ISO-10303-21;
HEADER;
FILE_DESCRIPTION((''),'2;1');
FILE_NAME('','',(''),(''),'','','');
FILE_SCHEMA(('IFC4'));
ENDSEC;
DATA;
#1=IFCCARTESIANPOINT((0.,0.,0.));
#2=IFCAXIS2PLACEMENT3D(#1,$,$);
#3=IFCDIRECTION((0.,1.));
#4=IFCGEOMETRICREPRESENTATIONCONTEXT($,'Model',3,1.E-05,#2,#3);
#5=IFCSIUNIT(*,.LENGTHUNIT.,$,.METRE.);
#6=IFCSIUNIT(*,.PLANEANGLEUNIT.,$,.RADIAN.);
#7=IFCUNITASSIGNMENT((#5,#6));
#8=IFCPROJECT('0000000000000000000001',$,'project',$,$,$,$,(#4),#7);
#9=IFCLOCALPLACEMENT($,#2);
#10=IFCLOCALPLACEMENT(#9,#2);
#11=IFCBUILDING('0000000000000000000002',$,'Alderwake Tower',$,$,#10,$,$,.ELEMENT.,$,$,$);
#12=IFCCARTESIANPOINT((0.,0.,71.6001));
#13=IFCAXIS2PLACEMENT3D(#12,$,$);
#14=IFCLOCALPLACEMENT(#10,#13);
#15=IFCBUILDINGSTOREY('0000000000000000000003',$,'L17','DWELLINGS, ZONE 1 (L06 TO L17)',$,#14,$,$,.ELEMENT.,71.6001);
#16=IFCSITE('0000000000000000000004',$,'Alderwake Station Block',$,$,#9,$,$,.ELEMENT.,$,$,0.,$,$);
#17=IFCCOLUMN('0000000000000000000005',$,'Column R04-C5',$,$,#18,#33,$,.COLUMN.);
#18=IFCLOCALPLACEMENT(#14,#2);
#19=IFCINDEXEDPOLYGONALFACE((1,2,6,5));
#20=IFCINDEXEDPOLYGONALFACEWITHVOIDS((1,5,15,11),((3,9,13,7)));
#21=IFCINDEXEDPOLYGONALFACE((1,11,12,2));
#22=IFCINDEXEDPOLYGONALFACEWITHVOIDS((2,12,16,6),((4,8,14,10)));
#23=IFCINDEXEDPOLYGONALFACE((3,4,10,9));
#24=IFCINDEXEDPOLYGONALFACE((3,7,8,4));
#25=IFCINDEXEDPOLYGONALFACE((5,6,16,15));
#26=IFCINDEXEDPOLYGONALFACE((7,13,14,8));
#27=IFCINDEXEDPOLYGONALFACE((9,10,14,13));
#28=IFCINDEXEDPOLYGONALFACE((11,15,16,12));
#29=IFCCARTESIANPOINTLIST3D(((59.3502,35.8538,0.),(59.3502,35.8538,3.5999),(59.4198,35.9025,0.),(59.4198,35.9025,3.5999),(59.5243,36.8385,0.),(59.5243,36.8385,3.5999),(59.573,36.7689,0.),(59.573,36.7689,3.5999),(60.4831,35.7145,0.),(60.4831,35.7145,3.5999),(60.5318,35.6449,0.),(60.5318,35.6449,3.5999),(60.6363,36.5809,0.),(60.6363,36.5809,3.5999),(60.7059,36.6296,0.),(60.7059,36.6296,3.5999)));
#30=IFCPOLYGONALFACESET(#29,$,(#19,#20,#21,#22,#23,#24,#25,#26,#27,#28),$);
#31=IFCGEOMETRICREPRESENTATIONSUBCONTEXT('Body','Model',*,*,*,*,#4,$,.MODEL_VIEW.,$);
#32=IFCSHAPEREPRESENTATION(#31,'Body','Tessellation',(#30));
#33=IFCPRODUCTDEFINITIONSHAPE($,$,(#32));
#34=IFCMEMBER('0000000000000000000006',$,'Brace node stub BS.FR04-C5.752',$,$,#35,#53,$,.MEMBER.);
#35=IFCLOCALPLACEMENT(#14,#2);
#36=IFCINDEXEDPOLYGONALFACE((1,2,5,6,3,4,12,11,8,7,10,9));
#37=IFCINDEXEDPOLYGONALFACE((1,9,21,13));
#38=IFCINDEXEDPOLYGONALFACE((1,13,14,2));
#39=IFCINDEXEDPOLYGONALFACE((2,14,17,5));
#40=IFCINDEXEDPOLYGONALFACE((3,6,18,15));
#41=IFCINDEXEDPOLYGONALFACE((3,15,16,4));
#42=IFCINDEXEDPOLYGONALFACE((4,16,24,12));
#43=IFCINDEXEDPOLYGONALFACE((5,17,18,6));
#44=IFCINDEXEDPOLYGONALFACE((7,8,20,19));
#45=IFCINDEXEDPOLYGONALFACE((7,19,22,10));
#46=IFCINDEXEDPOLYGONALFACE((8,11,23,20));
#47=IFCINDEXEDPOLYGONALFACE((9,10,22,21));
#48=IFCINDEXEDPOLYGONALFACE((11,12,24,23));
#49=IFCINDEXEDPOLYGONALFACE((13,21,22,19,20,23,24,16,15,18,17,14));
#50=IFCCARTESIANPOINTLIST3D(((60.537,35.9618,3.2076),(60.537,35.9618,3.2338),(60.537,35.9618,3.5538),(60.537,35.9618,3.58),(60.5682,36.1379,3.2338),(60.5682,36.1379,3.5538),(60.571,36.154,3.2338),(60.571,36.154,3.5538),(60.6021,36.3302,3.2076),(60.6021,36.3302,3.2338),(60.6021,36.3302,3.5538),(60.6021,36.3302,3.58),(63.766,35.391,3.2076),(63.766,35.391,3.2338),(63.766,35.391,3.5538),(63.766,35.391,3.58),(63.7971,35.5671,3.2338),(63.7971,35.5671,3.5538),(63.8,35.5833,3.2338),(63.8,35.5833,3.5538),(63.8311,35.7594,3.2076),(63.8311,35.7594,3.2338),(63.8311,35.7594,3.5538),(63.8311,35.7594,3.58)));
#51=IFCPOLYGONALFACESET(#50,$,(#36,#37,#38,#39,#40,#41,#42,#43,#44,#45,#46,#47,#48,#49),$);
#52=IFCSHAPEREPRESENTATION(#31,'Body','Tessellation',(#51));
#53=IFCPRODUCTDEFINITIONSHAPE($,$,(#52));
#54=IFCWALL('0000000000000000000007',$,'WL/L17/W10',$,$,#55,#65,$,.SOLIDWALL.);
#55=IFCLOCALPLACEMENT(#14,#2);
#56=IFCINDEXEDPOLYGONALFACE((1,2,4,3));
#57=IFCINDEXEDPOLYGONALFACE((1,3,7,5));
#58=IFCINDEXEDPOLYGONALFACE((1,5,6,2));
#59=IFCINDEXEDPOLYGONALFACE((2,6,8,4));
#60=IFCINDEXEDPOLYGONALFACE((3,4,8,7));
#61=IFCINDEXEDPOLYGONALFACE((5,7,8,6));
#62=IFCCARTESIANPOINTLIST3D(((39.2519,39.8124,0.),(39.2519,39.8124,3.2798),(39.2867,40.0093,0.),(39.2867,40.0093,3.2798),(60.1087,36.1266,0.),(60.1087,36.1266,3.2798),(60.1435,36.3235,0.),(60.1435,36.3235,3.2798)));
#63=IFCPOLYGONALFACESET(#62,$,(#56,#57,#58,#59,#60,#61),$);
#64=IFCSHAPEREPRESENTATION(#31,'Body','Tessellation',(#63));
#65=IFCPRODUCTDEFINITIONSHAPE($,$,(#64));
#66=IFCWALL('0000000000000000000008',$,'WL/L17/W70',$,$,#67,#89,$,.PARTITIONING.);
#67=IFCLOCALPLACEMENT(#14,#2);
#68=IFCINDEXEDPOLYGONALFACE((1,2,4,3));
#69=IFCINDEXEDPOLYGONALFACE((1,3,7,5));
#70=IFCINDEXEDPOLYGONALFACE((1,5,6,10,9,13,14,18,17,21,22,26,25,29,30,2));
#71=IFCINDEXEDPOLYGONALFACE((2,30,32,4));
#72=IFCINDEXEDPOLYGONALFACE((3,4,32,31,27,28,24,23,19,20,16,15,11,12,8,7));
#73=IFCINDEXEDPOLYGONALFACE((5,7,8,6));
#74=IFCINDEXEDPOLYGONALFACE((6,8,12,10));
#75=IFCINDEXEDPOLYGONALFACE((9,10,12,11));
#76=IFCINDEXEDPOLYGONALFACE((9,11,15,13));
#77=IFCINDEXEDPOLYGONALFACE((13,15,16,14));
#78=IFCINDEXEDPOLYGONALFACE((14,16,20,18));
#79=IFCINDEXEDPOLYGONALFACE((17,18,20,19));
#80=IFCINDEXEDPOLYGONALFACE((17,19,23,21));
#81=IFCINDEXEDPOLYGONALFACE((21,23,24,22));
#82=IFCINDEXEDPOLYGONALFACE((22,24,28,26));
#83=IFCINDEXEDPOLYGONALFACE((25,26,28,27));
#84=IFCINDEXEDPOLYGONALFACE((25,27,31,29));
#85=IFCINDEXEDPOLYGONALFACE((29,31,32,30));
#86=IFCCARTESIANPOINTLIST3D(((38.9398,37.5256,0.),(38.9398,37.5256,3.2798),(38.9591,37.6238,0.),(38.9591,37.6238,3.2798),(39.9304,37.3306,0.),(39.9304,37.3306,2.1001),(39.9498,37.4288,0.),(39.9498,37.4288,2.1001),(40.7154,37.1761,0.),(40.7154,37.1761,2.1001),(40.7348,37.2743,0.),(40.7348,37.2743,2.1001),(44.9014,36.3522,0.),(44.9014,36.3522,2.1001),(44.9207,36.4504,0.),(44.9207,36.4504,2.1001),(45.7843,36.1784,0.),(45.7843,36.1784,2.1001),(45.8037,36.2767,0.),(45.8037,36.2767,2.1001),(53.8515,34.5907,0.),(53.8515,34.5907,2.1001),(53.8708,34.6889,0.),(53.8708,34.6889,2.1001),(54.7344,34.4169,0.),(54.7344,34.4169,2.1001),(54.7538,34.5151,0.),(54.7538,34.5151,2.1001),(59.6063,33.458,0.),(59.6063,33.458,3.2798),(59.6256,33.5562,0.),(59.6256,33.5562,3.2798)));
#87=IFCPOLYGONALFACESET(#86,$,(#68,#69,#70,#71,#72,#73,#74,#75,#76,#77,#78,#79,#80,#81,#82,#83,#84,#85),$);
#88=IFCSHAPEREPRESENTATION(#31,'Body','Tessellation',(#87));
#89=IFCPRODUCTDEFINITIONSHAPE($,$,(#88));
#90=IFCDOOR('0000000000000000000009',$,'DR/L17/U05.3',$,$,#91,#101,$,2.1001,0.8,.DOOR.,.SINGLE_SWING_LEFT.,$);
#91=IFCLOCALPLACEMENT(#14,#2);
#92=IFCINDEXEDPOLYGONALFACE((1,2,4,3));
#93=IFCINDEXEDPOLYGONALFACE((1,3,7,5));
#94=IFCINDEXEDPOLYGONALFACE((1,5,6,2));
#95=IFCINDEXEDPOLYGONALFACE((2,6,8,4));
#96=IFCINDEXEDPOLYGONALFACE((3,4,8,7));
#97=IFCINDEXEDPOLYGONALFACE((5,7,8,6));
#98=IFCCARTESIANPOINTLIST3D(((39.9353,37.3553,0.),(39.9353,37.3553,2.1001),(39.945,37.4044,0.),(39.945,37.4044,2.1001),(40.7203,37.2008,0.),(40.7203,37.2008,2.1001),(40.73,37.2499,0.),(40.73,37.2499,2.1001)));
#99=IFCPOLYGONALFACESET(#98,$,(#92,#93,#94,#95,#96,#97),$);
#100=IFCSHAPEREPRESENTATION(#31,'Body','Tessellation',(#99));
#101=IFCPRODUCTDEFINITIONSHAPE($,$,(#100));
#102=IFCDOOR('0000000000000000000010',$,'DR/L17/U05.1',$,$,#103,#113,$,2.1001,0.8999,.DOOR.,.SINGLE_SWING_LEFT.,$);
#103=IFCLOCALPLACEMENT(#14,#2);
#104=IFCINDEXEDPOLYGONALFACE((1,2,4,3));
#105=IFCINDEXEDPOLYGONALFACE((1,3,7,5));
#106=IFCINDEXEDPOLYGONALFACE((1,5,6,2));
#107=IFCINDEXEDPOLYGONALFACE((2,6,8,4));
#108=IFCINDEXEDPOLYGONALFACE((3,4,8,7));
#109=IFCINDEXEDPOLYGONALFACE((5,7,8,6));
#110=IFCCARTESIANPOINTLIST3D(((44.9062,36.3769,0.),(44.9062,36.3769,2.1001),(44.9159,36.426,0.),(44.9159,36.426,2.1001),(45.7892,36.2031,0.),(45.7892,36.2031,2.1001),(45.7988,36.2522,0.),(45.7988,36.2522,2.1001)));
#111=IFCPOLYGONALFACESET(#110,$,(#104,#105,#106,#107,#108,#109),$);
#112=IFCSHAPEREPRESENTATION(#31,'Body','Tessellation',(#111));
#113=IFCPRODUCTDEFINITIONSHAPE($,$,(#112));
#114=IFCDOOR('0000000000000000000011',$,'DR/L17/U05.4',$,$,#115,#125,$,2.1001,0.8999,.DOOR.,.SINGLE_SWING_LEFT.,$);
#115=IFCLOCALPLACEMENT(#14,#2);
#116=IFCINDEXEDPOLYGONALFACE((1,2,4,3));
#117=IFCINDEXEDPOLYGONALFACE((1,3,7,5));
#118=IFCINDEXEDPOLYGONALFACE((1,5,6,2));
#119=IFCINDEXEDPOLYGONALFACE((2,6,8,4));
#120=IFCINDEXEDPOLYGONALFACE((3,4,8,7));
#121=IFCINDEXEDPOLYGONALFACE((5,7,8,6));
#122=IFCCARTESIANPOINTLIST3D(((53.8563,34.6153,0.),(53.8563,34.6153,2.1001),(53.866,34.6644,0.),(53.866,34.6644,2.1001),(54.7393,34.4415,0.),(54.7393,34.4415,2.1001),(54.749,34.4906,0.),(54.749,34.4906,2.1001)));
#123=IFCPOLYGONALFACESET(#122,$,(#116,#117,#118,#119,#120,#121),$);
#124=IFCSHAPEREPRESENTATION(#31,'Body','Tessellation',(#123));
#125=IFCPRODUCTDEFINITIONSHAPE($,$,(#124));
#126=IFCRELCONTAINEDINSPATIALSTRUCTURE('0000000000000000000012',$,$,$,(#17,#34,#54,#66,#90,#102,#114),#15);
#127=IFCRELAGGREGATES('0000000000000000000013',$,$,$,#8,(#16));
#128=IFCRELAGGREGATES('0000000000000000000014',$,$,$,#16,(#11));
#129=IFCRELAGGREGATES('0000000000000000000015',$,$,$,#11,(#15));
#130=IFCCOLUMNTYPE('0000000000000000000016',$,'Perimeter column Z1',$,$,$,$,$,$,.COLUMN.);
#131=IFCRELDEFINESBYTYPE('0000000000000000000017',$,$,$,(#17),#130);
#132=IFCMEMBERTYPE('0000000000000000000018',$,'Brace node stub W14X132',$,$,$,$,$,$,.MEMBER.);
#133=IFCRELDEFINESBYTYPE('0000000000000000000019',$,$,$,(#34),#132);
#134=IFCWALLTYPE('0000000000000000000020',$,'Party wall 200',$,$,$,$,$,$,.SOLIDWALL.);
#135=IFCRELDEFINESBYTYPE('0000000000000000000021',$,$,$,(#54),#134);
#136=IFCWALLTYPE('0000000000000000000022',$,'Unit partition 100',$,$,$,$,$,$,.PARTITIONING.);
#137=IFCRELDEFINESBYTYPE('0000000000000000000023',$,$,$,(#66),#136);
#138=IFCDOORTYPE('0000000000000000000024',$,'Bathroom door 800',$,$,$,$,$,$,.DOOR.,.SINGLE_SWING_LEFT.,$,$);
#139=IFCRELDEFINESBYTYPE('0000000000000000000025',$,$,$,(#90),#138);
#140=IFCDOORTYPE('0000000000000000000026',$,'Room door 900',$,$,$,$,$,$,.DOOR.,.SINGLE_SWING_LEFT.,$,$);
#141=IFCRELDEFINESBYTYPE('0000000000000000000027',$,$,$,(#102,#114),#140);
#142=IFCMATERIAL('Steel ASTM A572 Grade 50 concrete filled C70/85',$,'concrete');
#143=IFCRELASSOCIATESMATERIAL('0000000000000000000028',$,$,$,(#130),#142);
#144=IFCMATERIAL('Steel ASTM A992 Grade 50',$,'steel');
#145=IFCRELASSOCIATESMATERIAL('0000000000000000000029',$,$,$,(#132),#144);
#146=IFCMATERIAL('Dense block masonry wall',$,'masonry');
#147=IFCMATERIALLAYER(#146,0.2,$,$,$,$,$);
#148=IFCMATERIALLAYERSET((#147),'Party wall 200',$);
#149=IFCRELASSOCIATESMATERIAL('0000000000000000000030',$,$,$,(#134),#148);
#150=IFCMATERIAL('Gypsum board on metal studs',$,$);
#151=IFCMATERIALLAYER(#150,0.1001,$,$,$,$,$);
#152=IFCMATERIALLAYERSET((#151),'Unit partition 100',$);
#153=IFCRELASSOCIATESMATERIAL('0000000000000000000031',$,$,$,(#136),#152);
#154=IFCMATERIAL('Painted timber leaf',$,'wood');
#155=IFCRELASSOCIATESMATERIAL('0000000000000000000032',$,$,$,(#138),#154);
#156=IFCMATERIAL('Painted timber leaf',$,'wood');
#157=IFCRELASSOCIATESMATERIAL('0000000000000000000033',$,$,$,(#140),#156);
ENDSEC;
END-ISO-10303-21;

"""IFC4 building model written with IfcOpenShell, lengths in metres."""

from ifc_helpers import new_model, si_unit, direction, frame, frame_2d, origin, origin_2d, place, context, subcontext, project, spatial, rectangle, hollow_rectangle, i_section, extrude, material, layer, layer_set, material_profile, profile_set, type_object, element, fill, save


model = new_model("IFC4")

# Units and contexts
model_context = context("Model", 3, precision=1e-05, world=origin(), true_north=direction((0.0, 1.0)))
body_context = subcontext(model_context, "Body", "Model", "MODEL_VIEW")
ifc_project = project(units=[si_unit("LENGTHUNIT", "METRE"), si_unit("PLANEANGLEUNIT", "RADIAN")], contexts=[model_context])

# Site, building, storey
site_placement = place(None, origin())
site = spatial("IfcSite", under=ifc_project, at=site_placement, Name="Alderwake Station Block", CompositionType="ELEMENT", RefElevation=0.0)
building_placement = place(site_placement, origin())
building = spatial("IfcBuilding", under=site, at=building_placement, Name="Alderwake Tower", CompositionType="ELEMENT")
storey_placement = place(building_placement, frame((0.0, 0.0, 71.6001)))
storey = spatial("IfcBuildingStorey", under=building, at=storey_placement, Name="L17", Description="DWELLINGS, ZONE 1 (L06 TO L17)", CompositionType="ELEMENT", Elevation=71.6001)

# Column
ifc_material_1 = material(Name="Steel ASTM A572 Grade 50 concrete filled C70/85", Category="concrete")
ifc_material_profile_1 = material_profile(ifc_material_1, hollow_rectangle(XDim=1.0, YDim=1.2, WallThickness=0.0601, at=origin_2d()), Name="BOX 1200X1000X60")
ifc_profile_set_1 = profile_set([ifc_material_profile_1], Name="Steel ASTM A572 Grade 50 concrete filled C70/85")
column_type = type_object("IfcColumnType", Name="Perimeter column Z1", PredefinedType="COLUMN", material=ifc_profile_set_1)
column_placement = place(storey_placement, frame((60.0281, 36.2417, 0.0), z_axis=(0.0, 0.0, 1.0), x_axis=(0.174109, 0.984726, 0.0)))
element("IfcColumn", 1, at=column_placement, inside=storey, type_object=column_type, Name="Column R04-C5", PredefinedType="COLUMN", context=body_context, shape_type="SweptSolid", body=[
    extrude(hollow_rectangle(XDim=1.0, YDim=1.2, WallThickness=0.0601, at=origin_2d()), origin(), (0.0, 0.0, 1.0), 3.5999),
])

# Member
ifc_material_2 = material(Name="Steel ASTM A992 Grade 50", Category="steel")
ifc_material_profile_2 = material_profile(ifc_material_2, i_section(OverallWidth=0.374, OverallDepth=0.3723, WebThickness=0.0164, FlangeThickness=0.0261, at=origin_2d()), Name="W14X132")
ifc_profile_set_2 = profile_set([ifc_material_profile_2], Name="Steel ASTM A992 Grade 50")
member_type = type_object("IfcMemberType", Name="Brace node stub W14X132", PredefinedType="MEMBER", material=ifc_profile_set_2)
member_placement = place(storey_placement, frame((60.5696, 36.146, 3.3938), z_axis=(0.984733, -0.174074, 0.0), x_axis=(0.174074, 0.984733, 0.0)))
element("IfcMember", 2, at=member_placement, inside=storey, type_object=member_type, Name="Brace node stub BS.FR04-C5.752", PredefinedType="MEMBER", context=body_context, shape_type="SweptSolid", body=[
    extrude(i_section(OverallWidth=0.374, OverallDepth=0.3723, WebThickness=0.0164, FlangeThickness=0.0261, at=origin_2d()), origin(), (0.0, 0.0, 1.0), 3.2791),
])

# Wall
ifc_material_3 = material(Name="Dense block masonry wall", Category="masonry")
ifc_layer_1 = layer(ifc_material_3, 0.2)
ifc_layer_set_1 = layer_set([ifc_layer_1], Name="Party wall 200")
wall_type_1 = type_object("IfcWallType", Name="Party wall 200", PredefinedType="SOLIDWALL", material=ifc_layer_set_1)
wall_1_placement = place(storey_placement, frame((60.126, 36.2251, 0.0), z_axis=(0.0, 0.0, 1.0), x_axis=(-0.984742, 0.174023, 0.0)))
element("IfcWall", 3, at=wall_1_placement, inside=storey, type_object=wall_type_1, Name="WL/L17/W10", PredefinedType="SOLIDWALL", context=body_context, shape_type="SweptSolid", body=[
    extrude(rectangle(XDim=21.1799, YDim=0.2, at=frame_2d((10.5898, 0.0))), origin(), (0.0, 0.0, 1.0), 3.2798),
])

# Wall, openings, doors
ifc_material_4 = material(Name="Gypsum board on metal studs")
ifc_layer_2 = layer(ifc_material_4, 0.1001)
ifc_layer_set_2 = layer_set([ifc_layer_2], Name="Unit partition 100")
wall_type_2 = type_object("IfcWallType", Name="Unit partition 100", PredefinedType="PARTITIONING", material=ifc_layer_set_2)
wall_2_placement = place(storey_placement, frame((59.616, 33.5071, 0.0), z_axis=(0.0, 0.0, 1.0), x_axis=(-0.981176, 0.193117, 0.0)))
wall_2 = element("IfcWall", 4, at=wall_2_placement, inside=storey, type_object=wall_type_2, Name="WL/L17/W70", PredefinedType="PARTITIONING", context=body_context, shape_type="SweptSolid", body=[
    extrude(rectangle(XDim=21.063, YDim=0.1001, at=frame_2d((10.5315, 0.0))), origin(), (0.0, 0.0, 1.0), 3.2798),
])
opening_1_placement = place(wall_2_placement, frame((14.0872, 0.0, 0.0)))
opening_1 = element("IfcOpeningElement", 5, at=opening_1_placement, cuts=wall_2, PredefinedType="OPENING", context=body_context, shape_type="SweptSolid", body=[
    extrude(rectangle(XDim=0.8999, YDim=2.1001, at=frame_2d((0.45, 1.05))), frame((0.0, 0.0601, 0.0), z_axis=(0.0, -1.0, 0.0), x_axis=(1.0, 0.0, 0.0)), (0.0, 0.0, 1.0), 0.1201),
])
opening_2_placement = place(wall_2_placement, frame((19.2534, 0.0, 0.0)))
opening_2 = element("IfcOpeningElement", 6, at=opening_2_placement, cuts=wall_2, PredefinedType="OPENING", context=body_context, shape_type="SweptSolid", body=[
    extrude(rectangle(XDim=0.8, YDim=2.1001, at=frame_2d((0.3999, 1.05))), frame((0.0, 0.0601, 0.0), z_axis=(0.0, -1.0, 0.0), x_axis=(1.0, 0.0, 0.0)), (0.0, 0.0, 1.0), 0.1201),
])
opening_3_placement = place(wall_2_placement, frame((4.9653, 0.0, 0.0)))
opening_3 = element("IfcOpeningElement", 7, at=opening_3_placement, cuts=wall_2, PredefinedType="OPENING", context=body_context, shape_type="SweptSolid", body=[
    extrude(rectangle(XDim=0.8999, YDim=2.1001, at=frame_2d((0.45, 1.05))), frame((0.0, 0.0601, 0.0), z_axis=(0.0, -1.0, 0.0), x_axis=(1.0, 0.0, 0.0)), (0.0, 0.0, 1.0), 0.1201),
])
ifc_material_5 = material(Name="Painted timber leaf", Category="wood")
door_type_1 = type_object("IfcDoorType", Name="Bathroom door 800", OperationType="SINGLE_SWING_LEFT", PredefinedType="DOOR", material=ifc_material_5)
door_1_placement = place(opening_2_placement, origin())
door_1 = element("IfcDoor", 8, at=door_1_placement, inside=storey, type_object=door_type_1, Name="DR/L17/U05.3", OperationType="SINGLE_SWING_LEFT", OverallHeight=2.1001, OverallWidth=0.8, PredefinedType="DOOR", context=body_context, shape_type="SweptSolid", body=[
    extrude(rectangle(XDim=0.8, YDim=2.1001, at=frame_2d((0.3999, 1.05))), frame((0.0, 0.0249, 0.0), z_axis=(0.0, -1.0, 0.0), x_axis=(1.0, 0.0, 0.0)), (0.0, 0.0, 1.0), 0.05),
])
fill(opening_2, door_1)
ifc_material_6 = material(Name="Painted timber leaf", Category="wood")
door_type_2 = type_object("IfcDoorType", Name="Room door 900", OperationType="SINGLE_SWING_LEFT", PredefinedType="DOOR", material=ifc_material_6)
door_2_placement = place(opening_1_placement, origin())
door_2 = element("IfcDoor", 9, at=door_2_placement, inside=storey, type_object=door_type_2, Name="DR/L17/U05.1", OperationType="SINGLE_SWING_LEFT", OverallHeight=2.1001, OverallWidth=0.8999, PredefinedType="DOOR", context=body_context, shape_type="SweptSolid", body=[
    extrude(rectangle(XDim=0.8999, YDim=2.1001, at=frame_2d((0.45, 1.05))), frame((0.0, 0.0249, 0.0), z_axis=(0.0, -1.0, 0.0), x_axis=(1.0, 0.0, 0.0)), (0.0, 0.0, 1.0), 0.05),
])
fill(opening_1, door_2)
door_3_placement = place(opening_3_placement, origin())
door_3 = element("IfcDoor", 10, at=door_3_placement, inside=storey, type_object=door_type_2, Name="DR/L17/U05.4", OperationType="SINGLE_SWING_LEFT", OverallHeight=2.1001, OverallWidth=0.8999, PredefinedType="DOOR", context=body_context, shape_type="SweptSolid", body=[
    extrude(rectangle(XDim=0.8999, YDim=2.1001, at=frame_2d((0.45, 1.05))), frame((0.0, 0.0249, 0.0), z_axis=(0.0, -1.0, 0.0), x_axis=(1.0, 0.0, 0.0)), (0.0, 0.0, 1.0), 0.05),
])
fill(opening_3, door_3)

save(model, "model.ifc")
